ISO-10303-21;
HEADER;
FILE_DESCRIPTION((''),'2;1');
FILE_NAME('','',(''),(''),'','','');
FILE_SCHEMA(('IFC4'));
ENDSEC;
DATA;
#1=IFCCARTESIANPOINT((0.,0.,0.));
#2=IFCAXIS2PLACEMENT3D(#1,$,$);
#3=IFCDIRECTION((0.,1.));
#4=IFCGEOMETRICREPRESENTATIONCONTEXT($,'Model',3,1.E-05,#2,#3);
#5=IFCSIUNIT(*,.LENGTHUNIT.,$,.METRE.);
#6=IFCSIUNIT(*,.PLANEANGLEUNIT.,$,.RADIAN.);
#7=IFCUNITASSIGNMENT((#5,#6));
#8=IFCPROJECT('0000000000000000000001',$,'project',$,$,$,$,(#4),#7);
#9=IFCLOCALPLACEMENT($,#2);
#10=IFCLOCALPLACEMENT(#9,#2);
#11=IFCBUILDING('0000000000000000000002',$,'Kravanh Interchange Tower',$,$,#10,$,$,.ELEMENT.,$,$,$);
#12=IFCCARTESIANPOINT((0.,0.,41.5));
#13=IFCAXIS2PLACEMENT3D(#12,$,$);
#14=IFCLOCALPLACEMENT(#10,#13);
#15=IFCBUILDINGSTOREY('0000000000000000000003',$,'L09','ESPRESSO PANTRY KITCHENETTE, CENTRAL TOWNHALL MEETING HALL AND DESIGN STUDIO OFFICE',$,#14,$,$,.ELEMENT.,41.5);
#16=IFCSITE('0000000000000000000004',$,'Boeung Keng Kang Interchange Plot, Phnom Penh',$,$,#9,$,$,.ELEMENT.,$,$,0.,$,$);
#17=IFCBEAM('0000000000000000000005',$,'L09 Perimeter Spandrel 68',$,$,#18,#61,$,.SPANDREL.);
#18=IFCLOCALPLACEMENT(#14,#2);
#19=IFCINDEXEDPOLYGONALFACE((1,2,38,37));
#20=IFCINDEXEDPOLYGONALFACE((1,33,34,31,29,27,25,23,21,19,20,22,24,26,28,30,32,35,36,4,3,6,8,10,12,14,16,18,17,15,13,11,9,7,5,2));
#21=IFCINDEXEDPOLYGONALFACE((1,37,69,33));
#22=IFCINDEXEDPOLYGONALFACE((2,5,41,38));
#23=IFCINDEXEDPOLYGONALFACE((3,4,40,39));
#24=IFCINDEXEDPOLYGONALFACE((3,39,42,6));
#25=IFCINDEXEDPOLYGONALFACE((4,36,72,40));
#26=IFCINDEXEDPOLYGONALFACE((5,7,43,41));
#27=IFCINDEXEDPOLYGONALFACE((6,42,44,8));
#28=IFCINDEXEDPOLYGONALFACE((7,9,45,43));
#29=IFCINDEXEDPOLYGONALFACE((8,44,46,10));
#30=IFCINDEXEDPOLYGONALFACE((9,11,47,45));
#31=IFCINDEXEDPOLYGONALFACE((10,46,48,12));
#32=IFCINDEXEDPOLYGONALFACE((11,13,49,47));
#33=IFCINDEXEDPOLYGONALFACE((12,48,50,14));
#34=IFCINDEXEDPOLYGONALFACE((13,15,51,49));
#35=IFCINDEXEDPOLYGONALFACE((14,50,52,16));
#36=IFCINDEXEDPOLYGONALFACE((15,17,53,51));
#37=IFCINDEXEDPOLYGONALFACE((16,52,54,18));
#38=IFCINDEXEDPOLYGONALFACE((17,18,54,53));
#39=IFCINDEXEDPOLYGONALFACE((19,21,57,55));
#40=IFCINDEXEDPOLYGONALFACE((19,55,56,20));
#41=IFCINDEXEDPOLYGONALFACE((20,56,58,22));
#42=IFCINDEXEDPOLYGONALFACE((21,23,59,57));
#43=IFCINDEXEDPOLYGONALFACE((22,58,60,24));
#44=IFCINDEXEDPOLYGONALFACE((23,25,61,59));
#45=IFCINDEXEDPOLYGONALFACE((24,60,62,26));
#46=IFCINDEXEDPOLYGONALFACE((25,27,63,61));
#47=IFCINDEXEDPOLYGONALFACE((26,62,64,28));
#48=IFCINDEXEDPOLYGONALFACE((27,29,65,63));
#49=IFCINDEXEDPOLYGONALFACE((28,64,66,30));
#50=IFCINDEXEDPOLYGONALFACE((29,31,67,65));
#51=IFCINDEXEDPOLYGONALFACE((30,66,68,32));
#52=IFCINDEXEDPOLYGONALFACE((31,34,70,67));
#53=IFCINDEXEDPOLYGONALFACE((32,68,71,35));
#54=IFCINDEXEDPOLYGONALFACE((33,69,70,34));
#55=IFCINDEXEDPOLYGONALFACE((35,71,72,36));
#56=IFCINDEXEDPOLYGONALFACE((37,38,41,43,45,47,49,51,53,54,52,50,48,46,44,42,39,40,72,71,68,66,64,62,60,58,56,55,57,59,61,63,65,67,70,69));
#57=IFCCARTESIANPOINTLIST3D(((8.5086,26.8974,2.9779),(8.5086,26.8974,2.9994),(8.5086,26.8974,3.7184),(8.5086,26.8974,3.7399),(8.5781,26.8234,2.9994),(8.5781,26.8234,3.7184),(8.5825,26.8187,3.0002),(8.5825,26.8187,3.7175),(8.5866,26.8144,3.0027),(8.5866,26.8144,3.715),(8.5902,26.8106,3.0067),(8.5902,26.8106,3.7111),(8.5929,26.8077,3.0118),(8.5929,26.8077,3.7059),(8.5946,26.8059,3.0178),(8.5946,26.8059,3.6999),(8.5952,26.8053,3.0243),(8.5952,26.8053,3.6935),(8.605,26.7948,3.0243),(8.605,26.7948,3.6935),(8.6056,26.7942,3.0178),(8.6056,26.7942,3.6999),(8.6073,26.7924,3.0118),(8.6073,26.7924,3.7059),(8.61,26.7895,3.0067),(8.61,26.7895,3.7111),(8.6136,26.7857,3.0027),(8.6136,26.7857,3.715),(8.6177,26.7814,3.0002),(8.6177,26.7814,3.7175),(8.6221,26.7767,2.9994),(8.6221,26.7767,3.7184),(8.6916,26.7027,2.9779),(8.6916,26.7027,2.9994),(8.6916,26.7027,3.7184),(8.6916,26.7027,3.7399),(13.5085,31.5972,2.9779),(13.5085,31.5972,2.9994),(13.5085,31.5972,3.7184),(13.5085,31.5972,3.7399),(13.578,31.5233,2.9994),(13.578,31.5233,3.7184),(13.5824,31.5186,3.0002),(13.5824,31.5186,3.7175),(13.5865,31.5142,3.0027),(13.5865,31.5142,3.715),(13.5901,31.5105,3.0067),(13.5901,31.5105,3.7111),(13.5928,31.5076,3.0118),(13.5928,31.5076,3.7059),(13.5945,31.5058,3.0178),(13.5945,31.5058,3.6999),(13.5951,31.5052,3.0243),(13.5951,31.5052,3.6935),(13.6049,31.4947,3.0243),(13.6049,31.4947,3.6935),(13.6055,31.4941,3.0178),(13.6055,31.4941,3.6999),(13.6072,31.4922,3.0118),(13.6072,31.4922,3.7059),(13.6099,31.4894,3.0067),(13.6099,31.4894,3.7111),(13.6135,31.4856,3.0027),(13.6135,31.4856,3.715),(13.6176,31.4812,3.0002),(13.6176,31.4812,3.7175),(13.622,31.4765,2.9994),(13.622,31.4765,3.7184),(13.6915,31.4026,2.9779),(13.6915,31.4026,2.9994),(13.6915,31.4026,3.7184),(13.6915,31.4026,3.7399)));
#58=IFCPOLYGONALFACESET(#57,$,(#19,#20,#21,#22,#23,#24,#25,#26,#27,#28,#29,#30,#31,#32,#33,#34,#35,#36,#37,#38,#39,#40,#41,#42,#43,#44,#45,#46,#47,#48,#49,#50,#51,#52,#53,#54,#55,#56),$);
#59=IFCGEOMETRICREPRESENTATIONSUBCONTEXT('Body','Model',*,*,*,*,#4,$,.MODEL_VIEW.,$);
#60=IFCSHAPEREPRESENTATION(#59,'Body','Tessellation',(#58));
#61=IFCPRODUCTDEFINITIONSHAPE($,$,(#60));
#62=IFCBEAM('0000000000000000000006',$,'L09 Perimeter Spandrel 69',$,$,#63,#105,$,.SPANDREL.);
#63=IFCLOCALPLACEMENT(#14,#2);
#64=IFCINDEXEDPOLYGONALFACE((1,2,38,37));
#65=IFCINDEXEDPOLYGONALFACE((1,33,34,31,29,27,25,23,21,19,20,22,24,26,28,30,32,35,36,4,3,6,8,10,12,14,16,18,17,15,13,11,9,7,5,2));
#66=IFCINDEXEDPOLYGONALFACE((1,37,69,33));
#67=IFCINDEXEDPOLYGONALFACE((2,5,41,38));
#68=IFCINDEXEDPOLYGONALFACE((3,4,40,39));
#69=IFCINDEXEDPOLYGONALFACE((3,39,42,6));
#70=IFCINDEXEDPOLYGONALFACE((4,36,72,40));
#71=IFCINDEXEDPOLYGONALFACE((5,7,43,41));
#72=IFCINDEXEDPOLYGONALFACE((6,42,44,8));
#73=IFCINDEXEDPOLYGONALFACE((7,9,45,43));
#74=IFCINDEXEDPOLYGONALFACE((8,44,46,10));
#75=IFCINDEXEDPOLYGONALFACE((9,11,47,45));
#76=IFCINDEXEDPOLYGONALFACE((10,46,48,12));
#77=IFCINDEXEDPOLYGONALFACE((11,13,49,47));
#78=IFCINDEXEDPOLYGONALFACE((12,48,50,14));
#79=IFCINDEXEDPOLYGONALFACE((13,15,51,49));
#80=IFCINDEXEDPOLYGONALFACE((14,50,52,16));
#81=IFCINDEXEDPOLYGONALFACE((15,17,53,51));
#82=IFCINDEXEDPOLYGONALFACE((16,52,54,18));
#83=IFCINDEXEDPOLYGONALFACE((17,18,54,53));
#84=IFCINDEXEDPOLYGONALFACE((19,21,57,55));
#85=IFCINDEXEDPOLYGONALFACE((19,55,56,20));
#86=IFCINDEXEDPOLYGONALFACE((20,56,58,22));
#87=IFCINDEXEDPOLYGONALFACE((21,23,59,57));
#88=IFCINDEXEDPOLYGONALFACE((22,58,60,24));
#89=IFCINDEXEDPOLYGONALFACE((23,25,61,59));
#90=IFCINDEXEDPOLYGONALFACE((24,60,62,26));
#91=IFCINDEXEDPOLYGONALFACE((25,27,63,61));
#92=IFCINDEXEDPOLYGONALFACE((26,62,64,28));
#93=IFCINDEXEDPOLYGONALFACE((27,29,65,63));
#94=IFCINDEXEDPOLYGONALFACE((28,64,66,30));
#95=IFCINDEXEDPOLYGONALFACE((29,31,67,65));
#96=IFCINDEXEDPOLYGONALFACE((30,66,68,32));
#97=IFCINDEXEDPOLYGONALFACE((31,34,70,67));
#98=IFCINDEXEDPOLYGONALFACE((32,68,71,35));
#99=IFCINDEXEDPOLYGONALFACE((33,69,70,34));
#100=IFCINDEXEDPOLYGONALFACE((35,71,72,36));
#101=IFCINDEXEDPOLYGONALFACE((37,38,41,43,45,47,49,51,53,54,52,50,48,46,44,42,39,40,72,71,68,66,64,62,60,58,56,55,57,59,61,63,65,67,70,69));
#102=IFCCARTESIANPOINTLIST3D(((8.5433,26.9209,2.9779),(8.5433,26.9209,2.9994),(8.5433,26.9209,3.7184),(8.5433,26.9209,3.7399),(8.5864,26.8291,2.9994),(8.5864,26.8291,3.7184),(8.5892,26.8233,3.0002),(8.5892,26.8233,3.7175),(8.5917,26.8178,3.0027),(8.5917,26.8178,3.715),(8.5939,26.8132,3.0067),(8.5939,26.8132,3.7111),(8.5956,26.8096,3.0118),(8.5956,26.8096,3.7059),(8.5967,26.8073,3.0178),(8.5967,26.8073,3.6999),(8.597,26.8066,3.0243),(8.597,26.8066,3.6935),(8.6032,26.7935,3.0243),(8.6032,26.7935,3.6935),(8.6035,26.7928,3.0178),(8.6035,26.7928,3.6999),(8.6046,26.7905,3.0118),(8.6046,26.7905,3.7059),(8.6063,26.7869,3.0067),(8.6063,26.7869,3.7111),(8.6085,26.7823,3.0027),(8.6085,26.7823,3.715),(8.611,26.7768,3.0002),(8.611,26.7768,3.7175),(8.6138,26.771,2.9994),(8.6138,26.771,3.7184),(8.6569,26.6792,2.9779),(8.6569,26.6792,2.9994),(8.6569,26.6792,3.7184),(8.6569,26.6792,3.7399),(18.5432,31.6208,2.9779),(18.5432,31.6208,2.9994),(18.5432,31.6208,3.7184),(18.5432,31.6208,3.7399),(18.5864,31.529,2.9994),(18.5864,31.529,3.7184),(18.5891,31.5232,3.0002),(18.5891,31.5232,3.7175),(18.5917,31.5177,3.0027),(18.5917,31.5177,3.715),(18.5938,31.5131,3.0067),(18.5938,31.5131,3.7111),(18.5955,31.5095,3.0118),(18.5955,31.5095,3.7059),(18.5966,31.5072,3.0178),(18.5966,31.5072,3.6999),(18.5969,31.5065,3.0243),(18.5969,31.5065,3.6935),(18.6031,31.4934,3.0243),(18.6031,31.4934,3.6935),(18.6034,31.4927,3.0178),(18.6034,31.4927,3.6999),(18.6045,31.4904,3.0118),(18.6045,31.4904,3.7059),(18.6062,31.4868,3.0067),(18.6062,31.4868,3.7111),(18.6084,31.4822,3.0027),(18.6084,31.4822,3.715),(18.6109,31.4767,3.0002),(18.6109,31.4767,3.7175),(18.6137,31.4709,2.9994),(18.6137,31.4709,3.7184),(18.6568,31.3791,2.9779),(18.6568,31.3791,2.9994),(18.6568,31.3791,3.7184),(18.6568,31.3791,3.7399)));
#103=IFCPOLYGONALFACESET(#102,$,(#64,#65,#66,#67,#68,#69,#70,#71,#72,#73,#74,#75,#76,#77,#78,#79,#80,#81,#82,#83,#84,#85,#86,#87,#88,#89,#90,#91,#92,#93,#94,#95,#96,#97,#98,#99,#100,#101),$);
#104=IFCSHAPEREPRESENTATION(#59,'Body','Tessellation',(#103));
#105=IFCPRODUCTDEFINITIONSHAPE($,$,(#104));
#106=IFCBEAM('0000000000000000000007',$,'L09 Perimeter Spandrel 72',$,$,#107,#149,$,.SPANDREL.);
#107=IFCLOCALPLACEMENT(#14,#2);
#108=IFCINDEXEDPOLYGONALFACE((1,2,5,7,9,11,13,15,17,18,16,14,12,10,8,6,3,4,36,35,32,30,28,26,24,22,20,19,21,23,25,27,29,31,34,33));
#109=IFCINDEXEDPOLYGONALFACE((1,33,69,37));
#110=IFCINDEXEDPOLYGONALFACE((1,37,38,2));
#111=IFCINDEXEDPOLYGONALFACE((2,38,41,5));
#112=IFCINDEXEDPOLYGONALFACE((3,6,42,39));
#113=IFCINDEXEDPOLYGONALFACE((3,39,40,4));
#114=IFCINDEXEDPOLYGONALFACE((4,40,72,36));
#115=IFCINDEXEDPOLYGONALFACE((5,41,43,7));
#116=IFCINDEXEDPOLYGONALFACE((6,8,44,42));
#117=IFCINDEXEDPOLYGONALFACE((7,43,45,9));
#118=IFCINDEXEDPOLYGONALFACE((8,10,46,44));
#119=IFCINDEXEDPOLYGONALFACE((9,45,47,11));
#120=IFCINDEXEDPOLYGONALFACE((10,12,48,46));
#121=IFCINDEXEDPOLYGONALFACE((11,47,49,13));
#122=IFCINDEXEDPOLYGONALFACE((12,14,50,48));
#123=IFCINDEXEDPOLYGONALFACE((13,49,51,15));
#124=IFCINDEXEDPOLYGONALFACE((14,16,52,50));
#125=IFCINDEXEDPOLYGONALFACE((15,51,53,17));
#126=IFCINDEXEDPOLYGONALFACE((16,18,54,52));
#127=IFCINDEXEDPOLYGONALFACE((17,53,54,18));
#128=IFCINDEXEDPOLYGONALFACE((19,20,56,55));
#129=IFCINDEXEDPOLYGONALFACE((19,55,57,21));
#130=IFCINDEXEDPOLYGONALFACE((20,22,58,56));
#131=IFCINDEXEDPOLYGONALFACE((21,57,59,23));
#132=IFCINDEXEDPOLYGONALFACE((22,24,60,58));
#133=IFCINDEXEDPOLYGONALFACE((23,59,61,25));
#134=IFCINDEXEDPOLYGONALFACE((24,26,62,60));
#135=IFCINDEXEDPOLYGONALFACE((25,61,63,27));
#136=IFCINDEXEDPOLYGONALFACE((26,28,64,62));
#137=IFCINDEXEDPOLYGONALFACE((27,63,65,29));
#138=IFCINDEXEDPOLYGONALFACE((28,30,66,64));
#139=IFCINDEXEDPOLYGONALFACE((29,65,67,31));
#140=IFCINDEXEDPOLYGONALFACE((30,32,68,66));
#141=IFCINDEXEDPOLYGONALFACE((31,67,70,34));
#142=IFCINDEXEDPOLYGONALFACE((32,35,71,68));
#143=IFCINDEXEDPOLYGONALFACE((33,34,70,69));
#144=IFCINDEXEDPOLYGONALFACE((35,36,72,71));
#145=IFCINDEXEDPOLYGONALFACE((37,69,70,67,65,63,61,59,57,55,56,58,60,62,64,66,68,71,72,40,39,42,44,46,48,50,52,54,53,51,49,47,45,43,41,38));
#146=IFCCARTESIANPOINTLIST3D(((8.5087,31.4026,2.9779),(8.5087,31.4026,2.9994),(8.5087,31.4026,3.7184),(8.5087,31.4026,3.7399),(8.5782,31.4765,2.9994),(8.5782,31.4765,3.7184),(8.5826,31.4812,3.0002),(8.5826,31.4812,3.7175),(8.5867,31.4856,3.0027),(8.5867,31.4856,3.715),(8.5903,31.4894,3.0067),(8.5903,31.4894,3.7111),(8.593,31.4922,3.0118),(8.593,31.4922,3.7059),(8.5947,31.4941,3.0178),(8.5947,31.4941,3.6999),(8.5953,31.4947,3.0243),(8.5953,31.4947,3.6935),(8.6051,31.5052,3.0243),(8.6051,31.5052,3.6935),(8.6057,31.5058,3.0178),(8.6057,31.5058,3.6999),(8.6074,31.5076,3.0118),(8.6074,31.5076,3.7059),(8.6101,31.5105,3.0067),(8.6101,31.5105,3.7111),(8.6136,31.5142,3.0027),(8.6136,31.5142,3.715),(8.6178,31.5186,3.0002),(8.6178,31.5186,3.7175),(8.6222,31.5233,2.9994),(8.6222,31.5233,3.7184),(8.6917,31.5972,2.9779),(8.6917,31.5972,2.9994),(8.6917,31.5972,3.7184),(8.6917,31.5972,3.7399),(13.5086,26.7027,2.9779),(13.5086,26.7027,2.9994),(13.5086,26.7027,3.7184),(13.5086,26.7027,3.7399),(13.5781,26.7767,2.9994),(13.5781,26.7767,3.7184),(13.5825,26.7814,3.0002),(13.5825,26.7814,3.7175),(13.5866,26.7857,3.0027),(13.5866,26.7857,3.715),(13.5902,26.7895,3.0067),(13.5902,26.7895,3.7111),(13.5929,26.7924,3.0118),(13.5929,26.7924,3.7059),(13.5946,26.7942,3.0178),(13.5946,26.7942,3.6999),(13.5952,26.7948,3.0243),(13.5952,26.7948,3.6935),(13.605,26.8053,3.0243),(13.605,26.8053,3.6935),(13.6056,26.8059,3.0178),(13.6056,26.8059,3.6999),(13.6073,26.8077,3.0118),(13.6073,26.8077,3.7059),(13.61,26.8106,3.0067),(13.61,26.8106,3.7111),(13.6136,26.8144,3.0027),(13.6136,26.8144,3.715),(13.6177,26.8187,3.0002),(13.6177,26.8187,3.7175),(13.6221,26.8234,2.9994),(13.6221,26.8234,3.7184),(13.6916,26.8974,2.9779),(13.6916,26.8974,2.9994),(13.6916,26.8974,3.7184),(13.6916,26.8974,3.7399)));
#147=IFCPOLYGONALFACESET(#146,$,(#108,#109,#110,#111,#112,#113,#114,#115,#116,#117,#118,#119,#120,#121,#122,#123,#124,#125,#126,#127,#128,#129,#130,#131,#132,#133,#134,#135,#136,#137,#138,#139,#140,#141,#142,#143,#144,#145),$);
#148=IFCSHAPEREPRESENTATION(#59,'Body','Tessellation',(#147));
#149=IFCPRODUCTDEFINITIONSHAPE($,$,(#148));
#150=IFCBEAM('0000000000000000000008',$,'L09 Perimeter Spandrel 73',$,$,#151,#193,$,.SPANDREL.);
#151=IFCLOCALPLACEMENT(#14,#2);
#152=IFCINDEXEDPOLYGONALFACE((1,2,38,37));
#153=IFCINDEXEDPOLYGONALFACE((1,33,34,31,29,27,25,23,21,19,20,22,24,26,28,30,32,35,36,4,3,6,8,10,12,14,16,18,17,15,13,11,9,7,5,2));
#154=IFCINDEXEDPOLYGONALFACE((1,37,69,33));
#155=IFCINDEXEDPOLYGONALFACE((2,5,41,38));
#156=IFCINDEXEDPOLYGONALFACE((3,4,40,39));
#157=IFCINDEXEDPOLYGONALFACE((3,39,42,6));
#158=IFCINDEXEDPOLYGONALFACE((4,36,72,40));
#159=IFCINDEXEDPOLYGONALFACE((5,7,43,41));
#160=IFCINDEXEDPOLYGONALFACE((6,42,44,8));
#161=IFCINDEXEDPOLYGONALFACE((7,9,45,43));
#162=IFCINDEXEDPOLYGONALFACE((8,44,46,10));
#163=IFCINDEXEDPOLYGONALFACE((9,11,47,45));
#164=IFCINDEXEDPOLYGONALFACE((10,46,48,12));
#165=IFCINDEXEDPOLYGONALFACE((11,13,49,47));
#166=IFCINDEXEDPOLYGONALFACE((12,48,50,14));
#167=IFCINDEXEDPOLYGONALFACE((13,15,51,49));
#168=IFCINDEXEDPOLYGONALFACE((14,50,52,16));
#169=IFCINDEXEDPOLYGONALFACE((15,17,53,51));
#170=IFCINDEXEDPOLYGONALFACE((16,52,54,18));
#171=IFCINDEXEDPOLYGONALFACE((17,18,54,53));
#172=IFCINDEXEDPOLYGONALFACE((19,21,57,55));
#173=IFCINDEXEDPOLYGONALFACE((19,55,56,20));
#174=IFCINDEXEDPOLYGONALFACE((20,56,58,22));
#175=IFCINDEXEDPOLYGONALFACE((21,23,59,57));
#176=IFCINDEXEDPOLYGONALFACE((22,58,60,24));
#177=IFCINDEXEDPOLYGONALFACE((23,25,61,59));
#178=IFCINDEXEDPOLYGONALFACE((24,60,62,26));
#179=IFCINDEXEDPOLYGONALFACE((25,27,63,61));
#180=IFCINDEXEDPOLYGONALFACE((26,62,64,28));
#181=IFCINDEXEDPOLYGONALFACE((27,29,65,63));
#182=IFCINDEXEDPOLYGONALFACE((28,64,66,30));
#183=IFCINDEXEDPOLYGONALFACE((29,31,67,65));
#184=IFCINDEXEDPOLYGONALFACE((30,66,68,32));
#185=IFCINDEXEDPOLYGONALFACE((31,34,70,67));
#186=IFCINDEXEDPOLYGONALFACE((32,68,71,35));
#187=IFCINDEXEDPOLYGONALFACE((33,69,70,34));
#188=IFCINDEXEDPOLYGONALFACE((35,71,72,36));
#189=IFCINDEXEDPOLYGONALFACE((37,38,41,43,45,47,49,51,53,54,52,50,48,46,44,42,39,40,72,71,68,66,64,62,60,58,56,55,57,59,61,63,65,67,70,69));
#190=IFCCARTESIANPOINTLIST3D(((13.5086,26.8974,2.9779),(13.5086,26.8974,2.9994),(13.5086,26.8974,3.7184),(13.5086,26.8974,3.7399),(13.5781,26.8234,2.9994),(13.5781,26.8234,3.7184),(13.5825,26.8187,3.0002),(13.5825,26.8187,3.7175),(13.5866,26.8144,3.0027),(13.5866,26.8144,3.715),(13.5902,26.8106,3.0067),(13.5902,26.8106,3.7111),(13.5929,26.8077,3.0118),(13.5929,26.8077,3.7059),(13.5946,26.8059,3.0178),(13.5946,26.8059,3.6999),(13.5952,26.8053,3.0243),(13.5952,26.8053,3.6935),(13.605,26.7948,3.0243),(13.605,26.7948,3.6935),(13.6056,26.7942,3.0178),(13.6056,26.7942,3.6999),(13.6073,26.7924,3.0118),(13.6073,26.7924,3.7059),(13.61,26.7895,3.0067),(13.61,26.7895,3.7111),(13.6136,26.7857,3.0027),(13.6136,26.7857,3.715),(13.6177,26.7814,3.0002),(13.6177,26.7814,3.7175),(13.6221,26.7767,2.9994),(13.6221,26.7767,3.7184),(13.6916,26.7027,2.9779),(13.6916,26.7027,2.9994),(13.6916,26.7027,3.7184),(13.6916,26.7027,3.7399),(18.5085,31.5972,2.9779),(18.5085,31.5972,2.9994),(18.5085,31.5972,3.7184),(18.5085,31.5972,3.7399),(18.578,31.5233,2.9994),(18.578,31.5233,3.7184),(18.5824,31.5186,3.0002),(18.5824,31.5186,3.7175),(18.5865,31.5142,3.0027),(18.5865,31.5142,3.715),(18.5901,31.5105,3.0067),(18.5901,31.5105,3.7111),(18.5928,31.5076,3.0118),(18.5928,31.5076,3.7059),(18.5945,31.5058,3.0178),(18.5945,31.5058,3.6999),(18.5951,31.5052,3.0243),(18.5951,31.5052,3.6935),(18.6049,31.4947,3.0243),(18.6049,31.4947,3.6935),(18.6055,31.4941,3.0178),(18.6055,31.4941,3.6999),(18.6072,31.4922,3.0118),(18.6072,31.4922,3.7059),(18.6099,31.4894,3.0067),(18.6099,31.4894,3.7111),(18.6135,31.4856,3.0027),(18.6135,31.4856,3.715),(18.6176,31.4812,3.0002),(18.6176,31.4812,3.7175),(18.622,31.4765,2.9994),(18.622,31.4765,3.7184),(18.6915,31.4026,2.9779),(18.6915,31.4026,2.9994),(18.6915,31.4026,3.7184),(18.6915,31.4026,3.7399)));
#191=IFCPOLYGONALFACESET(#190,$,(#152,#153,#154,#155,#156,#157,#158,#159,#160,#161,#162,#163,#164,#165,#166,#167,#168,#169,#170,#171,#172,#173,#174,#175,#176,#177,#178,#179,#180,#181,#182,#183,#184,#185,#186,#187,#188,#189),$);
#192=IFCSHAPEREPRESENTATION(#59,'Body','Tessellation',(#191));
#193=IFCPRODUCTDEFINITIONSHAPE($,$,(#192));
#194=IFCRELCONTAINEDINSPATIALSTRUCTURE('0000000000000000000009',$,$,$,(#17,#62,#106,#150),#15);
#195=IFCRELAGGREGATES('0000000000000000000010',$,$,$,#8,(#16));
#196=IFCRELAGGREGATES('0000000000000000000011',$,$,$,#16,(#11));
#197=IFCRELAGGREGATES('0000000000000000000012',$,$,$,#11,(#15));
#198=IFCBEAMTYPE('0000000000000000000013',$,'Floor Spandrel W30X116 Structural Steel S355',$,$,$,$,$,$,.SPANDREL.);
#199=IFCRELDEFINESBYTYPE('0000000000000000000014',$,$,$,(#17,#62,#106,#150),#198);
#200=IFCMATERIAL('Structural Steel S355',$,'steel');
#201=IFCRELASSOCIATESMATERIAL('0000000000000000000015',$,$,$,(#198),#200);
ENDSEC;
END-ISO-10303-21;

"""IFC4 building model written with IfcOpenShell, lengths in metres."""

from ifc_helpers import new_model, si_unit, direction, frame, origin, origin_2d, place, context, subcontext, project, spatial, i_section, extrude, material, material_profile, profile_set, type_object, element, save


model = new_model("IFC4")

# Units and contexts
model_context = context("Model", 3, precision=1e-05, world=origin(), true_north=direction((0.0, 1.0)))
body_context = subcontext(model_context, "Body", "Model", "MODEL_VIEW")
ifc_project = project(units=[si_unit("LENGTHUNIT", "METRE"), si_unit("PLANEANGLEUNIT", "RADIAN")], contexts=[model_context])

# Site, building, storey
site_placement = place(None, origin())
site = spatial("IfcSite", under=ifc_project, at=site_placement, Name="Boeung Keng Kang Interchange Plot, Phnom Penh", CompositionType="ELEMENT", RefElevation=0.0)
building_placement = place(site_placement, origin())
building = spatial("IfcBuilding", under=site, at=building_placement, Name="Kravanh Interchange Tower", CompositionType="ELEMENT")
storey_placement = place(building_placement, frame((0.0, 0.0, 41.5)))
storey = spatial("IfcBuildingStorey", under=building, at=storey_placement, Name="L09", Description="ESPRESSO PANTRY KITCHENETTE, CENTRAL TOWNHALL MEETING HALL AND DESIGN STUDIO OFFICE", CompositionType="ELEMENT", Elevation=41.5)

# Beams
ifc_material_1 = material(Name="Structural Steel S355", Category="steel")
ifc_material_profile_1 = material_profile(ifc_material_1, i_section(OverallWidth=0.2671, OverallDepth=0.762, WebThickness=0.0144, FlangeThickness=0.0215, FilletRadius=0.0249, at=origin_2d()), Name="W30X116")
ifc_profile_set_1 = profile_set([ifc_material_profile_1], Name="Structural Steel S355")
beam_type_1 = type_object("IfcBeamType", Name="Floor Spandrel W30X116 Structural Steel S355", PredefinedType="SPANDREL", material=ifc_profile_set_1)
beam_1_placement = place(storey_placement, frame((8.6001, 26.8, 3.3589), z_axis=(0.728631, 0.684906, 0.0), x_axis=(-0.684906, 0.728631, 0.0)))
element("IfcBeam", 1, at=beam_1_placement, inside=storey, type_object=beam_type_1, Name="L09 Perimeter Spandrel 68", PredefinedType="SPANDREL", context=body_context, shape_type="SweptSolid", body=[
    extrude(i_section(OverallWidth=0.2671, OverallDepth=0.762, WebThickness=0.0144, FlangeThickness=0.0215, FilletRadius=0.0249, at=origin_2d()), origin(), (0.0, 0.0, 1.0), 6.8621),
])
beam_2_placement = place(storey_placement, frame((8.6001, 26.8, 3.3589), z_axis=(0.905025, 0.425358, 0.0), x_axis=(-0.425358, 0.905025, 0.0)))
element("IfcBeam", 2, at=beam_2_placement, inside=storey, type_object=beam_type_1, Name="L09 Perimeter Spandrel 69", PredefinedType="SPANDREL", context=body_context, shape_type="SweptSolid", body=[
    extrude(i_section(OverallWidth=0.2671, OverallDepth=0.762, WebThickness=0.0144, FlangeThickness=0.0215, FilletRadius=0.0249, at=origin_2d()), origin(), (0.0, 0.0, 1.0), 11.0493),
])
for number, where, z_axis, x_axis, name in (
    (3, (13.6001, 26.8, 3.3589), (-0.728631, 0.684906, 0.0), (-0.684906, -0.728631, 0.0), "L09 Perimeter Spandrel 72"),
    (4, (13.6001, 26.8, 3.3589), (0.728631, 0.684906, 0.0), (-0.684906, 0.728631, 0.0), "L09 Perimeter Spandrel 73"),
):
    element("IfcBeam", number, at=place(storey_placement, frame(where, z_axis=z_axis, x_axis=x_axis)), inside=storey, type_object=beam_type_1, Name=name, PredefinedType="SPANDREL", context=body_context, shape_type="SweptSolid", body=[
        extrude(i_section(OverallWidth=0.2671, OverallDepth=0.762, WebThickness=0.0144, FlangeThickness=0.0215, FilletRadius=0.0249, at=origin_2d()), origin(), (0.0, 0.0, 1.0), 6.8621),
    ])

save(model, "model.ifc")
